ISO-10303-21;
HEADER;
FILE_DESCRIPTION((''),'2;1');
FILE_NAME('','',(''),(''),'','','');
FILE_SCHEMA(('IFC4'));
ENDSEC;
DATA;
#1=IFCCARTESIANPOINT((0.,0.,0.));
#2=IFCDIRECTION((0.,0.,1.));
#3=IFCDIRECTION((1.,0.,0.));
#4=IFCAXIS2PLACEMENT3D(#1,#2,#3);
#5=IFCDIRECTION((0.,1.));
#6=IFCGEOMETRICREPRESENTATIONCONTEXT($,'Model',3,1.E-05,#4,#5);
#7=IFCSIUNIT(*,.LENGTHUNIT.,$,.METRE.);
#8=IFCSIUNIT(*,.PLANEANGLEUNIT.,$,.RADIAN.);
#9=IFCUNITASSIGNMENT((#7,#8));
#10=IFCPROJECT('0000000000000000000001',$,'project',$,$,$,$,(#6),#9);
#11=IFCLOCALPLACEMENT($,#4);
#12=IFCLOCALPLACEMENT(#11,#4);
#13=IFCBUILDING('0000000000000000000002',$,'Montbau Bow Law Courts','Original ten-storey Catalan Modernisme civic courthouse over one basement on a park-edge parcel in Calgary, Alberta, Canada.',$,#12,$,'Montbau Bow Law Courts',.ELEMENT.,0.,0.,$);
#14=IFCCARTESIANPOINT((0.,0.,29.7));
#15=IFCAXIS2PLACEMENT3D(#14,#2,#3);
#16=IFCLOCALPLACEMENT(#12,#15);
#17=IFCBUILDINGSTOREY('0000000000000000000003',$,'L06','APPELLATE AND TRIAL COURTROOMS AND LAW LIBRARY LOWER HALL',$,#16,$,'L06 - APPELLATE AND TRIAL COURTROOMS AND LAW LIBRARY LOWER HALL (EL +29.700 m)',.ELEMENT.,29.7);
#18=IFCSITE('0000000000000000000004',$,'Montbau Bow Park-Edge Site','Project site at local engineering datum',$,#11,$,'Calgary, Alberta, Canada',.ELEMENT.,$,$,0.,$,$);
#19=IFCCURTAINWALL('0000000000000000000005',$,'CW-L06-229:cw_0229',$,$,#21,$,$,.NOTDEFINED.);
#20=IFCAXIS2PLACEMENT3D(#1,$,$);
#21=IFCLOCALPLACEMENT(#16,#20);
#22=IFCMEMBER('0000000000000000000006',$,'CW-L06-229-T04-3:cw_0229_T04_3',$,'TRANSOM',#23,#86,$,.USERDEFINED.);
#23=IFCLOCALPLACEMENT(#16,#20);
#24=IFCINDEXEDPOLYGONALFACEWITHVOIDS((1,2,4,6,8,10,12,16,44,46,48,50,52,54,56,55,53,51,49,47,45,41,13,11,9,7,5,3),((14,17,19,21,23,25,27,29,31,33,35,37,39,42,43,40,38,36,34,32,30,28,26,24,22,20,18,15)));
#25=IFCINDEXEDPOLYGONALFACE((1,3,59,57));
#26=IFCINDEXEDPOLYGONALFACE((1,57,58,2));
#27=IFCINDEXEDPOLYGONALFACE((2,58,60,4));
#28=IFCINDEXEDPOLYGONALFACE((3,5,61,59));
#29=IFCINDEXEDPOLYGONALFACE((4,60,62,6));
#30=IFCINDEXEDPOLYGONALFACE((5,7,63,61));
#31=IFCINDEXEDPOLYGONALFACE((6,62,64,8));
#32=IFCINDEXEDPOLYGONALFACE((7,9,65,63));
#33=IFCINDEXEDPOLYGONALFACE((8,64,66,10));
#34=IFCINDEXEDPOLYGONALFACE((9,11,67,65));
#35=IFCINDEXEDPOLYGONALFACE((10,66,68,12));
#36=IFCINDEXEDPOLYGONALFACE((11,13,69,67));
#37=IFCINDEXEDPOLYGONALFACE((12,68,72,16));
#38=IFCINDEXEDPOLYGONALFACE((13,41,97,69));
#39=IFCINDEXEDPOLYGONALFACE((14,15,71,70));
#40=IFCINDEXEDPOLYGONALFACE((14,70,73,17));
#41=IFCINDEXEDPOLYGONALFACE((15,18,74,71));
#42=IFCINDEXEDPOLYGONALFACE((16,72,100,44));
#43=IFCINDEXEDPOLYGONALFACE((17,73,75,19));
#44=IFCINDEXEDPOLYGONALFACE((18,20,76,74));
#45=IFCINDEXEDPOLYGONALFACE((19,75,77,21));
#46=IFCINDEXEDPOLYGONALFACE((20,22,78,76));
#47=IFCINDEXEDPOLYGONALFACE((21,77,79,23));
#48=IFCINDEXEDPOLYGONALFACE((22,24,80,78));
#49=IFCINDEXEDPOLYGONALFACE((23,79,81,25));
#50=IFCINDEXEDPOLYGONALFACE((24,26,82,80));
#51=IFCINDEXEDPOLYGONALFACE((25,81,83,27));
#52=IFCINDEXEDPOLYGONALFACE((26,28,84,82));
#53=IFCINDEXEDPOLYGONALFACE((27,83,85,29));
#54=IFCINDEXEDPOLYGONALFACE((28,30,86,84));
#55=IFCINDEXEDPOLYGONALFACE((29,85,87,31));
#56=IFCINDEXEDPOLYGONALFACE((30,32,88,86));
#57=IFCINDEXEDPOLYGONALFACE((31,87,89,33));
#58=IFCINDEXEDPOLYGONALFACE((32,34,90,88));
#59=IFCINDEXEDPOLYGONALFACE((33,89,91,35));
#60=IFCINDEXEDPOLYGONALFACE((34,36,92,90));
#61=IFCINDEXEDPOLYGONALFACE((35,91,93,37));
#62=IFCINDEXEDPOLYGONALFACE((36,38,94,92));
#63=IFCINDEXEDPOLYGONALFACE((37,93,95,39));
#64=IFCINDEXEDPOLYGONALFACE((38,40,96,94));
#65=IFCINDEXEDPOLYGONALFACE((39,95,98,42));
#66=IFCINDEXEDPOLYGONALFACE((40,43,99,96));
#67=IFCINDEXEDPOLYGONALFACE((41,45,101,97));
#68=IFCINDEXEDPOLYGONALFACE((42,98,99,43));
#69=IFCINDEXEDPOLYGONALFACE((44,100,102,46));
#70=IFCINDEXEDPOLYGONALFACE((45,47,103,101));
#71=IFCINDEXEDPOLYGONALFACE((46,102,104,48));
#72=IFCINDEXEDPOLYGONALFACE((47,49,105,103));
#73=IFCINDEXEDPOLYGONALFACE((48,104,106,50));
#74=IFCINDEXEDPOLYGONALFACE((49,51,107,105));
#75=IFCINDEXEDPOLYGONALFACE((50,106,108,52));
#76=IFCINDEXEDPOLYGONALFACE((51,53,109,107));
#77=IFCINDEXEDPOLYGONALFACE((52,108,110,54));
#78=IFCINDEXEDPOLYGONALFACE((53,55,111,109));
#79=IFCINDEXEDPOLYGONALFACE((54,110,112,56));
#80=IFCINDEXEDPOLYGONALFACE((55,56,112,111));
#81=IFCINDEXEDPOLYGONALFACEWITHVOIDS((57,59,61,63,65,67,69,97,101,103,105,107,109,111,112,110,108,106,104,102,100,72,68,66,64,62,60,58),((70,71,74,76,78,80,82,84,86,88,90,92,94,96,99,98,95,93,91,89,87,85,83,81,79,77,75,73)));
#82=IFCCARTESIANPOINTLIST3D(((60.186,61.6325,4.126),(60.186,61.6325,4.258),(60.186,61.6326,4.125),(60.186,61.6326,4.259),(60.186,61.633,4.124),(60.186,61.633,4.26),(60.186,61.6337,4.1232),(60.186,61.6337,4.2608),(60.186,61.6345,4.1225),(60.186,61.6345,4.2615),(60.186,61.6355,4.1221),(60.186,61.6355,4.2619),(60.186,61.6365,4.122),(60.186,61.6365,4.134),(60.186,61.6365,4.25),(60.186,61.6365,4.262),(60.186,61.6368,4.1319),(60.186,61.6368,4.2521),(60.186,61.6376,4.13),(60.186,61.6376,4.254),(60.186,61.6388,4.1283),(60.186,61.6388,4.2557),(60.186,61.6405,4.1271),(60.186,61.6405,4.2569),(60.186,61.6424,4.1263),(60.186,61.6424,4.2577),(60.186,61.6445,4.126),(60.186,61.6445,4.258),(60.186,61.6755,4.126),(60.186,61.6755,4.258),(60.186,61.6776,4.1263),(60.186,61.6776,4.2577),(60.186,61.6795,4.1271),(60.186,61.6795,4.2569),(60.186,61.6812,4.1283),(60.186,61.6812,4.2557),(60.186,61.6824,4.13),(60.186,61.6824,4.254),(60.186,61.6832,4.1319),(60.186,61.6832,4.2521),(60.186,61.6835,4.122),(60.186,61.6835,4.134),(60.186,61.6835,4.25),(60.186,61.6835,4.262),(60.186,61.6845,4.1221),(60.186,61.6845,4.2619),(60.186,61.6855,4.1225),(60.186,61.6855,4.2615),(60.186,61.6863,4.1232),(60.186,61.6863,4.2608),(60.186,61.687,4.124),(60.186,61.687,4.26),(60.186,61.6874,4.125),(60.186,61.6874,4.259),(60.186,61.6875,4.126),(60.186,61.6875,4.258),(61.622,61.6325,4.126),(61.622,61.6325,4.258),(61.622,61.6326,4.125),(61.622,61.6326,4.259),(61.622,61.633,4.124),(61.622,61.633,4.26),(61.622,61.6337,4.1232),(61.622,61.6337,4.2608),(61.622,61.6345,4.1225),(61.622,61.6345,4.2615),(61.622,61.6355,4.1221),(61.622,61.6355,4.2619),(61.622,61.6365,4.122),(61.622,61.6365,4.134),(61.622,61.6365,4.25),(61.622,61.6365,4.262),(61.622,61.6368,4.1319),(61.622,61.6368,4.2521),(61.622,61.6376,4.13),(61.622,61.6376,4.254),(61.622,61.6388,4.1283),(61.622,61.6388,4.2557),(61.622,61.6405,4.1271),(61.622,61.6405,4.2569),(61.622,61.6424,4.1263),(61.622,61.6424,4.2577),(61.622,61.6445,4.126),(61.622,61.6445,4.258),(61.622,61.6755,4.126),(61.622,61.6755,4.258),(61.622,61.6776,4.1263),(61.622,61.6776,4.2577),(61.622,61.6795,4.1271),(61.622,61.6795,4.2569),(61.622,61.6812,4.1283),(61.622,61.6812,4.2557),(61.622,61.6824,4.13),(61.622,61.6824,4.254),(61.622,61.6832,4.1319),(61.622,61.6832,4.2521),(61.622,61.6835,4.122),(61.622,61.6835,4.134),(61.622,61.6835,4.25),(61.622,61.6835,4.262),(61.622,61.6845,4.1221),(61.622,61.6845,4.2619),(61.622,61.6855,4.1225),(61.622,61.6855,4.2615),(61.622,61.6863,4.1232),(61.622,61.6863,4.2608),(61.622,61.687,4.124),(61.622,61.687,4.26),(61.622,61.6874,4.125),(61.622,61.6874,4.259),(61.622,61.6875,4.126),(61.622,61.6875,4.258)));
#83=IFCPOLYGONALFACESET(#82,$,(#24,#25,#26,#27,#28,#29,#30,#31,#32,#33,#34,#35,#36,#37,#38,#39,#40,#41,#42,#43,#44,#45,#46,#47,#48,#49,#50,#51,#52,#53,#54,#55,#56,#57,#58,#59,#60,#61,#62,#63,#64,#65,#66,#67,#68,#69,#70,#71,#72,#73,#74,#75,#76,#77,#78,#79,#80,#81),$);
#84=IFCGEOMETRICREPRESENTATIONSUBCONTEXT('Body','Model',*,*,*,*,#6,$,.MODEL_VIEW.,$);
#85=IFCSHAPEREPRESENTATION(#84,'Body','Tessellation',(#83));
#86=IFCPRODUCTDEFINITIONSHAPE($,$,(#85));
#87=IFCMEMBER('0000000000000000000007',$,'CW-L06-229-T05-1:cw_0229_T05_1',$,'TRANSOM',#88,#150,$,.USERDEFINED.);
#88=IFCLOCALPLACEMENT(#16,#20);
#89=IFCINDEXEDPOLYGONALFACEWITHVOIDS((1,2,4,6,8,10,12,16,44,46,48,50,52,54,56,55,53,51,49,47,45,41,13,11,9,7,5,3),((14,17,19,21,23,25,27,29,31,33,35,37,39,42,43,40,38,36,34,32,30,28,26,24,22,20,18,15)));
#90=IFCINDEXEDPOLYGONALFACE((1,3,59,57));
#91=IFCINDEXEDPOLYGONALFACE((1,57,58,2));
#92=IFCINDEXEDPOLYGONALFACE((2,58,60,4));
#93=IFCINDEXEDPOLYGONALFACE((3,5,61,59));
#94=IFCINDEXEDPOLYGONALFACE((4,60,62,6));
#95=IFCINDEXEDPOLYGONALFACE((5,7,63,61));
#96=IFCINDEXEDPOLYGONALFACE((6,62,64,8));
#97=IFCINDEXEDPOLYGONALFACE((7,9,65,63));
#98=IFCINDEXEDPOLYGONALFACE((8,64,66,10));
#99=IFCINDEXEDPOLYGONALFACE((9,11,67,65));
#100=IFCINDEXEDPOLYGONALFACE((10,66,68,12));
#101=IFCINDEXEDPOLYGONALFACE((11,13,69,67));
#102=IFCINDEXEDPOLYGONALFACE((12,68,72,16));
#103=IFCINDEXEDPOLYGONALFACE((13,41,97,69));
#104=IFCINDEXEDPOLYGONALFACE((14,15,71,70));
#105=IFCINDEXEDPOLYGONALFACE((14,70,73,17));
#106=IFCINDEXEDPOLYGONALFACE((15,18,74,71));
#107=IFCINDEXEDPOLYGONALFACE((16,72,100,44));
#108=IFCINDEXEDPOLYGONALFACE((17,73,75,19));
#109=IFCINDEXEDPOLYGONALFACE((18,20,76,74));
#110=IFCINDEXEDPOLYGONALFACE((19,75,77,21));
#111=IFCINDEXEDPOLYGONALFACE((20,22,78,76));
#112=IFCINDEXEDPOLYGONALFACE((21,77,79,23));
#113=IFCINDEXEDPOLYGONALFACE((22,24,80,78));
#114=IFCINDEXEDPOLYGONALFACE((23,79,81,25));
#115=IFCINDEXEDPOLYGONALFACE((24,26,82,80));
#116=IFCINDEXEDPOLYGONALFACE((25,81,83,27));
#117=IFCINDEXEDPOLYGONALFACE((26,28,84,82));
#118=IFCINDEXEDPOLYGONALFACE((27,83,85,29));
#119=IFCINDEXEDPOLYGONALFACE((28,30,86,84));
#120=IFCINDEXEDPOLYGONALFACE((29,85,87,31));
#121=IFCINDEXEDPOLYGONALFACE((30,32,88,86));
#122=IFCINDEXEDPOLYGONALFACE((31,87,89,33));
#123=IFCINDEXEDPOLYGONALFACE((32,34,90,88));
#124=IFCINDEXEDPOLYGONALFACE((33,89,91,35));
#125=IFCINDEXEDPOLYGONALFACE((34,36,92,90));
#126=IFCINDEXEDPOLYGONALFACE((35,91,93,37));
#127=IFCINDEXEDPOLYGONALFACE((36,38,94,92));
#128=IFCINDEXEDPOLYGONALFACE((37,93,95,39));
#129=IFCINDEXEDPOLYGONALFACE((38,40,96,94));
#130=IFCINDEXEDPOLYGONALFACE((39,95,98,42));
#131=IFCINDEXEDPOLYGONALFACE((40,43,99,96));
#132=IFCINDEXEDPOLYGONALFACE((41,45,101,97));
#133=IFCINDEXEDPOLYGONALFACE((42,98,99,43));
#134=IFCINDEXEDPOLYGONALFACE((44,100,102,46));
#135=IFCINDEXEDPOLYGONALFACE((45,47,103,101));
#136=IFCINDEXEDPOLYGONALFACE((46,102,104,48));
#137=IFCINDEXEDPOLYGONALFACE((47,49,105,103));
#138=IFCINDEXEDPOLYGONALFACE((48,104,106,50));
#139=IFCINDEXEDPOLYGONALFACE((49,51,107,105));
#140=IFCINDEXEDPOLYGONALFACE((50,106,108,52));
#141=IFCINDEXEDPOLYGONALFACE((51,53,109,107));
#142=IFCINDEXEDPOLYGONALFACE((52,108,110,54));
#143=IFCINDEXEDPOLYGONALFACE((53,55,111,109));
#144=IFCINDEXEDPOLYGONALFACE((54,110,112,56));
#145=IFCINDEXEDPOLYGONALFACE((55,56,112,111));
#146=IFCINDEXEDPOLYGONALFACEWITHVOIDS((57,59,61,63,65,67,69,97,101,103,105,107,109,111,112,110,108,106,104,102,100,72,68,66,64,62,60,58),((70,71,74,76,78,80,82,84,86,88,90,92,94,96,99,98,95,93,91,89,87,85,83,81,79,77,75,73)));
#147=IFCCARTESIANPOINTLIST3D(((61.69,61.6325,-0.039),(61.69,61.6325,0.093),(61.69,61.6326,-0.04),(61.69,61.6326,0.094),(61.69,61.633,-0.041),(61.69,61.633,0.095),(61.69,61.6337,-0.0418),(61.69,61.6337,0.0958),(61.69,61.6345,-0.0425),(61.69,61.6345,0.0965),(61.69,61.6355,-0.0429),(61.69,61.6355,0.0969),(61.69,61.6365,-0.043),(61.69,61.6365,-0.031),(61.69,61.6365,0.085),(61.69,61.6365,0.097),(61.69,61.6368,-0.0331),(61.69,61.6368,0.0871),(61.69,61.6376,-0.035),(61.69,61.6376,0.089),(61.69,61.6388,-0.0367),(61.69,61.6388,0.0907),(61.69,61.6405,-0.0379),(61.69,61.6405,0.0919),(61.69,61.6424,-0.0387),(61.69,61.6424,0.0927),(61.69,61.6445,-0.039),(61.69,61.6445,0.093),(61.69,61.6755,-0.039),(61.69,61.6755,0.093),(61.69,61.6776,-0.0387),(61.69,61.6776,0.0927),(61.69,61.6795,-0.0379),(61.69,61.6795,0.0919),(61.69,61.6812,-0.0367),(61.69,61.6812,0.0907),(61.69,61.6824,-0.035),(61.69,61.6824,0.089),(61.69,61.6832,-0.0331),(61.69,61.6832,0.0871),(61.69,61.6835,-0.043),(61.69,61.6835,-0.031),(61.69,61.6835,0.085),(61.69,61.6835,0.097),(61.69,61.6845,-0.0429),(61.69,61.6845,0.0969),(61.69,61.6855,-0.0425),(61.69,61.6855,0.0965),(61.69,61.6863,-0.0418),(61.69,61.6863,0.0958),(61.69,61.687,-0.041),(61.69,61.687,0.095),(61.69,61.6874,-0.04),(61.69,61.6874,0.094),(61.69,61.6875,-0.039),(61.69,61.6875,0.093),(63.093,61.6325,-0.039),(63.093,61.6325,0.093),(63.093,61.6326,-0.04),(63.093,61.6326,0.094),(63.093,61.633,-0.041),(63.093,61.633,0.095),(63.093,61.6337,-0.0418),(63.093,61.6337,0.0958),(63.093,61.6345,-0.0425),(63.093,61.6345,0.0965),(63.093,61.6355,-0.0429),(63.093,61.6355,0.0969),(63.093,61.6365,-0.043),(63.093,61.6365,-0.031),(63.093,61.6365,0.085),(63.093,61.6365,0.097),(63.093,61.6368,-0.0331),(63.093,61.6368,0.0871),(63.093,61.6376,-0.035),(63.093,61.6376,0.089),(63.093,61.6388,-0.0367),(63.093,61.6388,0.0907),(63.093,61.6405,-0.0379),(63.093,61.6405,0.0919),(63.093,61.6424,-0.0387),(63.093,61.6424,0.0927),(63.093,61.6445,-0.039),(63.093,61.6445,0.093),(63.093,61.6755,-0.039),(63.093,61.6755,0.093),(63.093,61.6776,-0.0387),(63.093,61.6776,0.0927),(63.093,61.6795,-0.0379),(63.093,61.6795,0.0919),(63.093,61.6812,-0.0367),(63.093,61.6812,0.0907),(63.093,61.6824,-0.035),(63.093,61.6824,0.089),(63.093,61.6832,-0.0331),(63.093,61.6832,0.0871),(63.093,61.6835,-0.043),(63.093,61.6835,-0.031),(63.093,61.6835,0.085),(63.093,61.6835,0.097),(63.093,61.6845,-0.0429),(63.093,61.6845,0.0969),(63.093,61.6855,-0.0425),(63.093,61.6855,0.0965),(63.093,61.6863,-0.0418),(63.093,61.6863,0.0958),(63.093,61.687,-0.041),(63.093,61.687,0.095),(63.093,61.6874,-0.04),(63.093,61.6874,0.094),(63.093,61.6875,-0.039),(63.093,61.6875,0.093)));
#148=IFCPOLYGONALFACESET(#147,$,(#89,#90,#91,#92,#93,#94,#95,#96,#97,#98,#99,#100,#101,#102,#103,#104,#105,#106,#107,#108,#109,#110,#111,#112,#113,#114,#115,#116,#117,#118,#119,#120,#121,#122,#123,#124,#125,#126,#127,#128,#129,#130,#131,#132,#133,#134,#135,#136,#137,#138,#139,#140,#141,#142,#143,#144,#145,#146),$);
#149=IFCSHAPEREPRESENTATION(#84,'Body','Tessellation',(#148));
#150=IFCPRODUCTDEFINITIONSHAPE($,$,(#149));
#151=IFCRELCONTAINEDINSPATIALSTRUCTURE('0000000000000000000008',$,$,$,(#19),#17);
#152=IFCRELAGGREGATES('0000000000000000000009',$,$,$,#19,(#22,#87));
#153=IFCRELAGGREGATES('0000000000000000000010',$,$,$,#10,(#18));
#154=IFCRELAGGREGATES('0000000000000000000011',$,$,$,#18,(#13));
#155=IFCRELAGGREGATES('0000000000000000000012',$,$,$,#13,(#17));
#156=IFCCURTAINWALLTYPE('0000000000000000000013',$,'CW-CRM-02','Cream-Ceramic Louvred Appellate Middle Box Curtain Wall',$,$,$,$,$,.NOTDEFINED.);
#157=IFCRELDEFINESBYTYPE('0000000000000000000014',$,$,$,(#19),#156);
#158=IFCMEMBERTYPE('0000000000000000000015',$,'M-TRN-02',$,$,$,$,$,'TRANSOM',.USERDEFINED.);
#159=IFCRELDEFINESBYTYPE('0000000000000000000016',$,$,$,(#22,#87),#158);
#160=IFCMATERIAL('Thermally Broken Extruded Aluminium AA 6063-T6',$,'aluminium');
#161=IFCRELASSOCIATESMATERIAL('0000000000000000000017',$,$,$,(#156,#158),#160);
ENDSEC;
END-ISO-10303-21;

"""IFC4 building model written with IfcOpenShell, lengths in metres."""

from ifc_helpers import new_model, si_unit, direction, frame, origin_with_axes, origin_2d_with_axis, place, context, subcontext, project, spatial, hollow_rectangle, extrude, material, material_profile, profile_set, type_object, element, aggregate, save


model = new_model("IFC4")

# Units and contexts
model_context = context("Model", 3, precision=1e-05, world=origin_with_axes(), true_north=direction((0.0, 1.0)))
body_context = subcontext(model_context, "Body", "Model", "MODEL_VIEW")
ifc_project = project(units=[si_unit("LENGTHUNIT", "METRE"), si_unit("PLANEANGLEUNIT", "RADIAN")], contexts=[model_context])

# Site, building, storey
site_placement = place(None, origin_with_axes())
site = spatial("IfcSite", under=ifc_project, at=site_placement, Name="Montbau Bow Park-Edge Site", Description="Project site at local engineering datum", LongName="Calgary, Alberta, Canada", CompositionType="ELEMENT", RefElevation=0.0)
building_placement = place(site_placement, origin_with_axes())
building = spatial("IfcBuilding", under=site, at=building_placement, Name="Montbau Bow Law Courts", Description="Original ten-storey Catalan Modernisme civic courthouse over one basement on a park-edge parcel in Calgary, Alberta, Canada.", LongName="Montbau Bow Law Courts", CompositionType="ELEMENT", ElevationOfRefHeight=0.0, ElevationOfTerrain=0.0)
storey_placement = place(building_placement, frame((0.0, 0.0, 29.7), z_axis=(0.0, 0.0, 1.0), x_axis=(1.0, 0.0, 0.0)))
storey = spatial("IfcBuildingStorey", under=building, at=storey_placement, Name="L06", Description="APPELLATE AND TRIAL COURTROOMS AND LAW LIBRARY LOWER HALL", LongName="L06 - APPELLATE AND TRIAL COURTROOMS AND LAW LIBRARY LOWER HALL (EL +29.700 m)", CompositionType="ELEMENT", Elevation=29.7)

# Curtain wall, members
ifc_material_1 = material(Name="Thermally Broken Extruded Aluminium AA 6063-T6", Category="aluminium")
curtain_wall_type = type_object("IfcCurtainWallType", Name="CW-CRM-02", Description="Cream-Ceramic Louvred Appellate Middle Box Curtain Wall", PredefinedType="NOTDEFINED", material=ifc_material_1)
curtain_wall_placement = place(None, frame((55.64, 61.66, 29.7), z_axis=(0.0, 0.0, 1.0), x_axis=(1.0, 0.0, 0.0)))
curtain_wall = element("IfcCurtainWall", 1, at=curtain_wall_placement, inside=storey, type_object=curtain_wall_type, Name="CW-L06-229:cw_0229", PredefinedType="NOTDEFINED")
ifc_material_profile_1 = material_profile(ifc_material_1, hollow_rectangle(XDim=0.055, YDim=0.14, WallThickness=0.004, InnerFilletRadius=0.008, OuterFilletRadius=0.004, at=origin_2d_with_axis()), Name="CWT-140X55", Category="Main", Priority=0)
ifc_profile_set_1 = profile_set([ifc_material_profile_1], Name="Thermally Broken Extruded Aluminium AA 6063-T6")
member_type_1 = type_object("IfcMemberType", Name="M-TRN-02", ElementType="TRANSOM", PredefinedType="USERDEFINED", material=ifc_profile_set_1)
member_1_placement = place(None, frame((60.186, 61.66, 33.892), z_axis=(1.0, 0.0, 0.0), x_axis=(0.0, 1.0, 0.0)))
member_1 = element("IfcMember", 2, at=member_1_placement, type_object=member_type_1, Name="CW-L06-229-T04-3:cw_0229_T04_3", ObjectType="TRANSOM", PredefinedType="USERDEFINED", context=body_context, shape_type="SweptSolid", body=[
    extrude(hollow_rectangle(XDim=0.055, YDim=0.14, WallThickness=0.004, InnerFilletRadius=0.008, OuterFilletRadius=0.004, at=origin_2d_with_axis()), origin_with_axes(), (0.0, 0.0, 1.0), 1.436),
])
member_2_placement = place(None, frame((61.69, 61.66, 29.727), z_axis=(1.0, 0.0, 0.0), x_axis=(0.0, 1.0, 0.0)))
member_2 = element("IfcMember", 3, at=member_2_placement, type_object=member_type_1, Name="CW-L06-229-T05-1:cw_0229_T05_1", ObjectType="TRANSOM", PredefinedType="USERDEFINED", context=body_context, shape_type="SweptSolid", body=[
    extrude(hollow_rectangle(XDim=0.055, YDim=0.14, WallThickness=0.004, InnerFilletRadius=0.008, OuterFilletRadius=0.004, at=origin_2d_with_axis()), origin_with_axes(), (0.0, 0.0, 1.0), 1.403),
])
aggregate(curtain_wall, [member_1, member_2])

save(model, "model.ifc")
